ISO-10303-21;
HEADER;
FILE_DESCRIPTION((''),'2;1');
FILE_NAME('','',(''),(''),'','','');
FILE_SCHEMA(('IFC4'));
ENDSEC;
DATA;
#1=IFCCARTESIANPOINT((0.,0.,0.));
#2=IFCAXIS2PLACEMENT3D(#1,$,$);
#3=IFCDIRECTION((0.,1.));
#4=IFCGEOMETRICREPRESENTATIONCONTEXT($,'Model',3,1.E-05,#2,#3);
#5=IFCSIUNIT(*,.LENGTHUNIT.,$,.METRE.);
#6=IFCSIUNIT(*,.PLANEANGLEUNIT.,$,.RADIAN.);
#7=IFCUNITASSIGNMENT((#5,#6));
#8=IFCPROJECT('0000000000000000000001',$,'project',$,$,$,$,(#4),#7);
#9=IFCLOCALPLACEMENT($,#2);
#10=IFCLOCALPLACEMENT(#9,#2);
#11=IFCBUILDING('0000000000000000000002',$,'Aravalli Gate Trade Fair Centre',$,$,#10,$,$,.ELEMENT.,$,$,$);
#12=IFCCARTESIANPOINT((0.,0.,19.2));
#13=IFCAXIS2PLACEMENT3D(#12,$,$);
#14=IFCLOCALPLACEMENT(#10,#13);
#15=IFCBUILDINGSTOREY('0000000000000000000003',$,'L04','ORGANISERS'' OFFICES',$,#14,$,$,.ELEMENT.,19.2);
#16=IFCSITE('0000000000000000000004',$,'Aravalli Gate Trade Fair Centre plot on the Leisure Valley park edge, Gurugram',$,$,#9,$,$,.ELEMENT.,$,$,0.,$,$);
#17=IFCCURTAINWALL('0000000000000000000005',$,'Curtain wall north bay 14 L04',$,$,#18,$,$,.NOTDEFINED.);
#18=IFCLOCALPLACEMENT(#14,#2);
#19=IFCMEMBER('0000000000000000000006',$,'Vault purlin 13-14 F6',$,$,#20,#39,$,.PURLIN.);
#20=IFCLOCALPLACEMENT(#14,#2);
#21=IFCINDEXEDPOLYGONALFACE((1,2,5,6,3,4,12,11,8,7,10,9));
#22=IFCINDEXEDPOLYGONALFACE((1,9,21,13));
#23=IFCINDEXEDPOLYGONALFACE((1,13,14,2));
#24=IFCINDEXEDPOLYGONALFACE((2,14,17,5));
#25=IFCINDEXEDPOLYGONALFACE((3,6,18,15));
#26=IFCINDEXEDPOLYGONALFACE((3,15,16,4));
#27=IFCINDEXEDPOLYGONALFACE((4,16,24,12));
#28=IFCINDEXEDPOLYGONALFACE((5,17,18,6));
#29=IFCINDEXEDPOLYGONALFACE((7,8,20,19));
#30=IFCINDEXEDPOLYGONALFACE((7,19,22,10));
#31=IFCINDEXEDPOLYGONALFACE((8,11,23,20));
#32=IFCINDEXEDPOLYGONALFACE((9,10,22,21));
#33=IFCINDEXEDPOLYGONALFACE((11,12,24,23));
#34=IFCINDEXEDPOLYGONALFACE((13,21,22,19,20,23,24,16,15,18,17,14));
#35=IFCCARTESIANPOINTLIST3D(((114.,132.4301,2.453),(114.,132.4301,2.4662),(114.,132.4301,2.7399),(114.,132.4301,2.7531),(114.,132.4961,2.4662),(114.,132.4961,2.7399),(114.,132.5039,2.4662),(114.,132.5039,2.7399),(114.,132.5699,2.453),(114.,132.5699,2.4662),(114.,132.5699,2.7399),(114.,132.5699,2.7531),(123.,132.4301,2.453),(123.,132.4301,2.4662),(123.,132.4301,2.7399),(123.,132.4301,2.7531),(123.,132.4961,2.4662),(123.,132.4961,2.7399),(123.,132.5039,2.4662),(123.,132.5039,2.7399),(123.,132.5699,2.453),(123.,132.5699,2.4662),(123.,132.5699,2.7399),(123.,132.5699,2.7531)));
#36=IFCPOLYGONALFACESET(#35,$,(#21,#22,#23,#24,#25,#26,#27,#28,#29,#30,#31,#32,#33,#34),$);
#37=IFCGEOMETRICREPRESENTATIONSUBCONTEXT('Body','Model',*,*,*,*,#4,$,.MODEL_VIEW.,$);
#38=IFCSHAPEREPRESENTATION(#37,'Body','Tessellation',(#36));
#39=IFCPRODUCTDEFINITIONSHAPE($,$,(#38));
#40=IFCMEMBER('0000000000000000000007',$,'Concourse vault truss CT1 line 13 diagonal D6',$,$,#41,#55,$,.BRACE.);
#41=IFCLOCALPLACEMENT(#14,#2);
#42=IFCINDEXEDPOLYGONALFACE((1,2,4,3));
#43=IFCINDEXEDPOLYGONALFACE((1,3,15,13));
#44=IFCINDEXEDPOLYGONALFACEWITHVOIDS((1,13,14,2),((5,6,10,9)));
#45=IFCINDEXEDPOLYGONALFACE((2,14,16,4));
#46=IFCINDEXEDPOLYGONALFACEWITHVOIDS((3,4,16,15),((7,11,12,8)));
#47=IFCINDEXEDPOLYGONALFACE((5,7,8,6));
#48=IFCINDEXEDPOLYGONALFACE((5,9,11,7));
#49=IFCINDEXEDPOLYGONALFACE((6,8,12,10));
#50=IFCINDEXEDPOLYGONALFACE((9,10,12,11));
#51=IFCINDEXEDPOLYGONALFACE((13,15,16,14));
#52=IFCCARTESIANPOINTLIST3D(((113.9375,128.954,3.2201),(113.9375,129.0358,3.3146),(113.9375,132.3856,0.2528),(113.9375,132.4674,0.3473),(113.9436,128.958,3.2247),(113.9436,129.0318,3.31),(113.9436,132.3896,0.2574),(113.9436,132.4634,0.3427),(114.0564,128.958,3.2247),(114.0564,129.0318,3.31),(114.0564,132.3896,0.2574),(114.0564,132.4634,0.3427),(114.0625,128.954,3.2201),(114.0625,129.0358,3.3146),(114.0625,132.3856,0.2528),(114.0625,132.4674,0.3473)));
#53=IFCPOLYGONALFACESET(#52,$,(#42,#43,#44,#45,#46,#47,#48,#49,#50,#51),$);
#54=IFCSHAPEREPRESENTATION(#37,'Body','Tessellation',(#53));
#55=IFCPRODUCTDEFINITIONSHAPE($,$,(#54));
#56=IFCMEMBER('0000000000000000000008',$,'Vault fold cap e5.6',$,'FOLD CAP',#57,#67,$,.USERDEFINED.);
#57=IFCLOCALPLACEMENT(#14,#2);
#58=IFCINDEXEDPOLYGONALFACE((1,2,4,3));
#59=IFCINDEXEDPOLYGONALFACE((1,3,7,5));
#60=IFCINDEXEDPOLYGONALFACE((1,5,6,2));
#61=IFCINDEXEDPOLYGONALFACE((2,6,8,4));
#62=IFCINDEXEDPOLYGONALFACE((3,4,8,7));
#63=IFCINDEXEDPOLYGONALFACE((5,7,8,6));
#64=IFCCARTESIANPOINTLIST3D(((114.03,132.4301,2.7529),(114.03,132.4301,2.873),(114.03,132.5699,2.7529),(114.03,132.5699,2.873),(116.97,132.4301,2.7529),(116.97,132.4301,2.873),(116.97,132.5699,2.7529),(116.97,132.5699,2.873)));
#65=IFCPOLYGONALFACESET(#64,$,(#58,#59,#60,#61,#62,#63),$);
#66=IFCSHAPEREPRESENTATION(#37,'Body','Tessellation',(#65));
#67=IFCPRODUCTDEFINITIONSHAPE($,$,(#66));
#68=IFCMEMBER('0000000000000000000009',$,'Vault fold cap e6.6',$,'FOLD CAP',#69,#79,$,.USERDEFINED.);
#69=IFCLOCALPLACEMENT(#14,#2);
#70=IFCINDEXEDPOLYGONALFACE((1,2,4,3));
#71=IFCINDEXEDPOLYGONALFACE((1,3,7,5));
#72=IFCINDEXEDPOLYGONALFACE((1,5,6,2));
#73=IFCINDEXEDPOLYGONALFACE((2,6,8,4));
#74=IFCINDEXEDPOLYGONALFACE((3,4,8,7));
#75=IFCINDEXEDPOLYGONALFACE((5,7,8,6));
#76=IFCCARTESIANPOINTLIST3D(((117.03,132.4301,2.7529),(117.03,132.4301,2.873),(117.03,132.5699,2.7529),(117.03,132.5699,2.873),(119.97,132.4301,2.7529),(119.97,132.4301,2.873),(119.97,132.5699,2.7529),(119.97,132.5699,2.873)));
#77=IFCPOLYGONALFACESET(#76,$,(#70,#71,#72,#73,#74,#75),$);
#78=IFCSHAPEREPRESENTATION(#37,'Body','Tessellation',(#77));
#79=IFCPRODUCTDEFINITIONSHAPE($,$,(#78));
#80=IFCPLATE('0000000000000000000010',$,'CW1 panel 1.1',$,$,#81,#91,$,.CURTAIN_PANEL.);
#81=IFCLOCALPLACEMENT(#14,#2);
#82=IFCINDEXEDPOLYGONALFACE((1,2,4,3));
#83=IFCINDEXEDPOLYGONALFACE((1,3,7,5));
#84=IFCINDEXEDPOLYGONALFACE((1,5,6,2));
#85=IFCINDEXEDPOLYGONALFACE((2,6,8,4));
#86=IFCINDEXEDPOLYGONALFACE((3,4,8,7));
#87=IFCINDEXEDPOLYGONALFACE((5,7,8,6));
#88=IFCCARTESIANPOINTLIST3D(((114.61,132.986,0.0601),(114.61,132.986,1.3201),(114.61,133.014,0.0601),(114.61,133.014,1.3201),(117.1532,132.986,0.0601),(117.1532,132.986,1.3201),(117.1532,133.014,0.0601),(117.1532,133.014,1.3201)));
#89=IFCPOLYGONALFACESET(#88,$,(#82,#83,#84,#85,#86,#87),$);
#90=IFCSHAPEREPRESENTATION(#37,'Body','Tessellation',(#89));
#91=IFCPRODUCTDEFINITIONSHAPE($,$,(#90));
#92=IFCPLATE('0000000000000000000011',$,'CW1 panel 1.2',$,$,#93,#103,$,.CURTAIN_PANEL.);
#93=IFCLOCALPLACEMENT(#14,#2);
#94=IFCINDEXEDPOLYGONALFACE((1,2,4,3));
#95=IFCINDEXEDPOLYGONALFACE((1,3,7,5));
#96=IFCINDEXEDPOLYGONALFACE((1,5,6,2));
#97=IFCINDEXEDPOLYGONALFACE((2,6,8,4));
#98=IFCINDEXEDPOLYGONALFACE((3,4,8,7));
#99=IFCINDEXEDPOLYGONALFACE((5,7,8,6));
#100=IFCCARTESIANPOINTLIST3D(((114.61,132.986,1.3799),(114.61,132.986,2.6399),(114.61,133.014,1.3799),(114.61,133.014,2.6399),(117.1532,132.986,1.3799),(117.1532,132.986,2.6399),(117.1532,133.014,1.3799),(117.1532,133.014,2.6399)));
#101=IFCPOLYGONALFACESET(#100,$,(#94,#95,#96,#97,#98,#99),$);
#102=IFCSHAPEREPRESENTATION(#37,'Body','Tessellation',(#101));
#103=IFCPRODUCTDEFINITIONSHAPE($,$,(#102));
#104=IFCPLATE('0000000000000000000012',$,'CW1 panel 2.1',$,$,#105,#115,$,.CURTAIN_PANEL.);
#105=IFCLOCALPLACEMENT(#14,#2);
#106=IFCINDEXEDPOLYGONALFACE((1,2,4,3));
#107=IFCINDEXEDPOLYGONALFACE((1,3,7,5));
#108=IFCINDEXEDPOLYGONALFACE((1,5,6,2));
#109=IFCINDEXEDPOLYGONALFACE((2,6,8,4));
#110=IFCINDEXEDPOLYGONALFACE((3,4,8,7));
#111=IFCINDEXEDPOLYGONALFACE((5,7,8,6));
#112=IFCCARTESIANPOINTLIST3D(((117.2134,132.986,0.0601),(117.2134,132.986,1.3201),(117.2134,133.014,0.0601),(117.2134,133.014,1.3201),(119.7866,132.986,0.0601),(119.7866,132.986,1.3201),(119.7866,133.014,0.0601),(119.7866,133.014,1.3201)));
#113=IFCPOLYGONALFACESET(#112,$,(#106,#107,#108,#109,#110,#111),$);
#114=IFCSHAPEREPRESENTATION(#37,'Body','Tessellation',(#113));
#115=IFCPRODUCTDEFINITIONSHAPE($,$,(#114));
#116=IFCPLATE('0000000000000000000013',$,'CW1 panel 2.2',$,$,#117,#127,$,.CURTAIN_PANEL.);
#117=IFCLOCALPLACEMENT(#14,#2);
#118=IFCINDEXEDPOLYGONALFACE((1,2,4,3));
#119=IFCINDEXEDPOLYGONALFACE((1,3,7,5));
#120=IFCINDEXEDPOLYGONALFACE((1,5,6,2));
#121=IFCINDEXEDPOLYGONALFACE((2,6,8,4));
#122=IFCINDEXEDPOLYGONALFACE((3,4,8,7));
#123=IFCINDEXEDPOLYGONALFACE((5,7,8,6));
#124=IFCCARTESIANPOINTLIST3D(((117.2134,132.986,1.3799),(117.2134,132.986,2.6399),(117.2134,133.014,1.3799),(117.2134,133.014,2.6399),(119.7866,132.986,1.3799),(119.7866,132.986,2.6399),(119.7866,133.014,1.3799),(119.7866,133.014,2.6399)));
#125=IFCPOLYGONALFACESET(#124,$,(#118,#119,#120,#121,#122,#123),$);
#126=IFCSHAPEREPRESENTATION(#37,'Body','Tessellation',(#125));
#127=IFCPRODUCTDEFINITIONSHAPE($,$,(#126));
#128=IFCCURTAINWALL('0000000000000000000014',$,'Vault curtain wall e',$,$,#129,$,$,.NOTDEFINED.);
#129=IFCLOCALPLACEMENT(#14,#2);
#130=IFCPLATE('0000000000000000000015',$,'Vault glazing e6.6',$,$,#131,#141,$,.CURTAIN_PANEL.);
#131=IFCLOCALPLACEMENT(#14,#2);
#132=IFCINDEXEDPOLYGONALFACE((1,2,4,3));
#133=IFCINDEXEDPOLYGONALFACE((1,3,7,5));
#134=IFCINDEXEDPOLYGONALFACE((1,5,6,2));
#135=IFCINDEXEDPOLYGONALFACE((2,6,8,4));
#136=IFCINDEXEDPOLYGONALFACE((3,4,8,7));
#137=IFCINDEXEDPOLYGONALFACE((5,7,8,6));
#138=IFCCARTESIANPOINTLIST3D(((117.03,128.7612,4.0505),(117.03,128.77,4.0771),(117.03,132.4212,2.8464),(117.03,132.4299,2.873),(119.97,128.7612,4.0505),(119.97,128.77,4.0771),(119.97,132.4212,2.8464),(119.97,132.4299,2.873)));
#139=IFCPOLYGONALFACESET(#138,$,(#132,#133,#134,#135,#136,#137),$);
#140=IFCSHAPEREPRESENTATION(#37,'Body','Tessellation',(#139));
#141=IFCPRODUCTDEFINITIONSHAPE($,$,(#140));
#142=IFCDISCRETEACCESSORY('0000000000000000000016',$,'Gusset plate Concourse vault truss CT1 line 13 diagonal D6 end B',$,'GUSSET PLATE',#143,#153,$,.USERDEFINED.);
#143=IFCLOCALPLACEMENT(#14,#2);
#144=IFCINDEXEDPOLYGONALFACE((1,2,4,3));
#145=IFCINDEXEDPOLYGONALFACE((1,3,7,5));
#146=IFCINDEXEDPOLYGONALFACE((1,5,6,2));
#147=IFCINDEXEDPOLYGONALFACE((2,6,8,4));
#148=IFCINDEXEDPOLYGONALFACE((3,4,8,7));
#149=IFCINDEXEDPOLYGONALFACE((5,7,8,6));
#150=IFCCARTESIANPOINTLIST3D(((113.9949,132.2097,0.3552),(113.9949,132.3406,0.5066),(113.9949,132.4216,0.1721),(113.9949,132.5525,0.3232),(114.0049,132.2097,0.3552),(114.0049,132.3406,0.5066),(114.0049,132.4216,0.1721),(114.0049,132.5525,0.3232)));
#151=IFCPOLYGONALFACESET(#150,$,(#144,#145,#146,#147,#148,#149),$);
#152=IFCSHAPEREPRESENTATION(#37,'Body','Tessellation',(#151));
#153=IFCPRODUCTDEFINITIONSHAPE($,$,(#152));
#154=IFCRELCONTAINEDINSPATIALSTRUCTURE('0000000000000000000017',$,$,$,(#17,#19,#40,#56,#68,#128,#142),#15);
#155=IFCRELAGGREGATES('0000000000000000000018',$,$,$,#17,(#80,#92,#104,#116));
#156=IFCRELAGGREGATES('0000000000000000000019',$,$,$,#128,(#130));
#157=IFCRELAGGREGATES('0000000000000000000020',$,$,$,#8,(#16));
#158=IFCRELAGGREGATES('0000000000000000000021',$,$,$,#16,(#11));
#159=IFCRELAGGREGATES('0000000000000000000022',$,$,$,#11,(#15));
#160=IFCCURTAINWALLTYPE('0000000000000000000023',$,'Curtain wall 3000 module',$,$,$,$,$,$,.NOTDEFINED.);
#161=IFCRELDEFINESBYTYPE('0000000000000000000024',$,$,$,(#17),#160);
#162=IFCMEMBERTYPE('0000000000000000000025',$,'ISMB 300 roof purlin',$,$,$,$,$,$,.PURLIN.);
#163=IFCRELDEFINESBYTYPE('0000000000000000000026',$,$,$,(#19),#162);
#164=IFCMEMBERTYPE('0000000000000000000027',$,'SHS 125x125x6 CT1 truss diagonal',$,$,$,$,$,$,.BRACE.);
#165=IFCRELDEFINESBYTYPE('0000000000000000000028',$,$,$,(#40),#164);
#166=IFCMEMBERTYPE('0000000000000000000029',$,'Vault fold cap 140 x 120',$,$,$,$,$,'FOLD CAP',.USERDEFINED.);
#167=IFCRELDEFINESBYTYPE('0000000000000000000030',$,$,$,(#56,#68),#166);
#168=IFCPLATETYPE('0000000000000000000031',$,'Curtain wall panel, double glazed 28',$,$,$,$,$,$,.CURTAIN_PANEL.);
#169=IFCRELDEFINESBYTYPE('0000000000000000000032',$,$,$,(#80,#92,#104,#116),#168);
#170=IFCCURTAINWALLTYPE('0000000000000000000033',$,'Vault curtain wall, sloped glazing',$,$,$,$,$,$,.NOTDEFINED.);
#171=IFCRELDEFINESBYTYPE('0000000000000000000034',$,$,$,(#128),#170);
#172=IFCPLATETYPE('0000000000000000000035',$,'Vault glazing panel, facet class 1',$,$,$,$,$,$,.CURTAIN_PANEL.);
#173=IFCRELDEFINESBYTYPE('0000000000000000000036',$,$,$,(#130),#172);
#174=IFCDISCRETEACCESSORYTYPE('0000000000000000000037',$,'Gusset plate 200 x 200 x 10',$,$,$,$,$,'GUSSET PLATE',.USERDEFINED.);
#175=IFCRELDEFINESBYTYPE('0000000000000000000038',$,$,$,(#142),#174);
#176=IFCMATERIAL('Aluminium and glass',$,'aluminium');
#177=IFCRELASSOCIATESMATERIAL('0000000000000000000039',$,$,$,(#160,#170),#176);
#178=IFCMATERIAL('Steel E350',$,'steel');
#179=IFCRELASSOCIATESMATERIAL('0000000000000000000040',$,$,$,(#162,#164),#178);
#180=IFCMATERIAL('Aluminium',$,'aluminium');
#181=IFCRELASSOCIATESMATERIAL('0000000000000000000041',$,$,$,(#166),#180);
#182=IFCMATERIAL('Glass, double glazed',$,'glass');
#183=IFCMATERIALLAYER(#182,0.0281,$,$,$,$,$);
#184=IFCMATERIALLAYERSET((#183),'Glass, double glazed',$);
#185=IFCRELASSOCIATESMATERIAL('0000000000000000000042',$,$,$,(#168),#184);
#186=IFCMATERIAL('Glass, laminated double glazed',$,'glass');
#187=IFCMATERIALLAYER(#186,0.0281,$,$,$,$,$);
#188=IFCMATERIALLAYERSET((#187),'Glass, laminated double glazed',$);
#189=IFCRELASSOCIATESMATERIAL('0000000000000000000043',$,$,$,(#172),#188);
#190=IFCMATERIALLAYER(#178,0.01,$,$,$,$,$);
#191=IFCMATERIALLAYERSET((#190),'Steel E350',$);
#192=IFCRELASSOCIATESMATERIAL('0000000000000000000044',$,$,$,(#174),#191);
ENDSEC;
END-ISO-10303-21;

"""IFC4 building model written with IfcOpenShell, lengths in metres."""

from ifc_helpers import new_model, si_unit, direction, frame, origin, origin_2d, place, context, subcontext, project, spatial, polyline, rectangle, hollow_rectangle, i_section, outline, extrude, material, layer, layer_set, material_profile, profile_set, type_object, element, aggregate, save


model = new_model("IFC4")

# Units and contexts
model_context = context("Model", 3, precision=1e-05, world=origin(), true_north=direction((0.0, 1.0)))
body_context = subcontext(model_context, "Body", "Model", "MODEL_VIEW")
ifc_project = project(units=[si_unit("LENGTHUNIT", "METRE"), si_unit("PLANEANGLEUNIT", "RADIAN")], contexts=[model_context])

# Site, building, storey
site_placement = place(None, origin())
site = spatial("IfcSite", under=ifc_project, at=site_placement, Name="Aravalli Gate Trade Fair Centre plot on the Leisure Valley park edge, Gurugram", CompositionType="ELEMENT", RefElevation=0.0)
building_placement = place(site_placement, origin())
building = spatial("IfcBuilding", under=site, at=building_placement, Name="Aravalli Gate Trade Fair Centre", CompositionType="ELEMENT")
storey_placement = place(building_placement, frame((0.0, 0.0, 19.2)))
storey = spatial("IfcBuildingStorey", under=building, at=storey_placement, Name="L04", Description="ORGANISERS' OFFICES", CompositionType="ELEMENT", Elevation=19.2)

# Curtain wall
ifc_material_1 = material(Name="Aluminium and glass", Category="aluminium")
curtain_wall_type_1 = type_object("IfcCurtainWallType", Name="Curtain wall 3000 module", PredefinedType="NOTDEFINED", material=ifc_material_1)
curtain_wall_1_placement = place(storey_placement, origin())
curtain_wall_1 = element("IfcCurtainWall", 1, at=curtain_wall_1_placement, inside=storey, type_object=curtain_wall_type_1, Name="Curtain wall north bay 14 L04", PredefinedType="NOTDEFINED")
ifc_material_2 = material(Name="Aluminium", Category="aluminium")

# Members
ifc_material_3 = material(Name="Steel E350", Category="steel")
ifc_material_profile_1 = material_profile(ifc_material_3, i_section(OverallWidth=0.1399, OverallDepth=0.3, WebThickness=0.0078, FlangeThickness=0.0132, at=origin_2d()), Name="ISMB 300")
ifc_profile_set_1 = profile_set([ifc_material_profile_1], Name="Steel E350")
member_type_1 = type_object("IfcMemberType", Name="ISMB 300 roof purlin", PredefinedType="PURLIN", material=ifc_profile_set_1)
member_1_placement = place(storey_placement, frame((114.0, 132.5, 2.603), z_axis=(1.0, 0.0, 0.0), x_axis=(0.0, 1.0, 0.0)))
element("IfcMember", 2, at=member_1_placement, inside=storey, type_object=member_type_1, Name="Vault purlin 13-14 F6", PredefinedType="PURLIN", context=body_context, shape_type="SweptSolid", body=[
    extrude(i_section(OverallWidth=0.1399, OverallDepth=0.3, WebThickness=0.0078, FlangeThickness=0.0132, at=origin_2d()), origin(), (0.0, 0.0, 1.0), 9.0),
])
ifc_material_profile_2 = material_profile(ifc_material_3, hollow_rectangle(XDim=0.125, YDim=0.125, WallThickness=0.0061, at=origin_2d()), Name="SHS 125x125x6")
ifc_profile_set_2 = profile_set([ifc_material_profile_2], Name="Steel E350")
member_type_2 = type_object("IfcMemberType", Name="SHS 125x125x6 CT1 truss diagonal", PredefinedType="BRACE", material=ifc_profile_set_2)
member_2_placement = place(storey_placement, frame((114.0, 128.9949, 3.2673), z_axis=(0.0, 0.756431, -0.654074), x_axis=(-1.0, 0.0, 0.0)))
element("IfcMember", 3, at=member_2_placement, inside=storey, type_object=member_type_2, Name="Concourse vault truss CT1 line 13 diagonal D6", PredefinedType="BRACE", context=body_context, shape_type="SweptSolid", body=[
    extrude(hollow_rectangle(XDim=0.125, YDim=0.125, WallThickness=0.0061, at=origin_2d()), origin(), (0.0, 0.0, 1.0), 4.5366),
])
ifc_material_profile_3 = material_profile(ifc_material_2, rectangle(XDim=0.1399, YDim=0.1201, at=origin_2d()), Name="Vault fold cap 140 x 120")
ifc_profile_set_3 = profile_set([ifc_material_profile_3], Name="Aluminium")
member_type_3 = type_object("IfcMemberType", Name="Vault fold cap 140 x 120", ElementType="FOLD CAP", PredefinedType="USERDEFINED", material=ifc_profile_set_3)
for number, where, z_axis, x_axis, name in (
    (4, (114.03, 132.5, 2.813), (1.0, 0.0, 0.0), (0.0, 1.0, 0.0), "Vault fold cap e5.6"),
    (5, (117.03, 132.5, 2.813), (1.0, 0.0, 0.0), (0.0, 1.0, 0.0), "Vault fold cap e6.6"),
):
    element("IfcMember", number, at=place(storey_placement, frame(where, z_axis=z_axis, x_axis=x_axis)), inside=storey, type_object=member_type_3, Name=name, ObjectType="FOLD CAP", PredefinedType="USERDEFINED", context=body_context, shape_type="SweptSolid", body=[
        extrude(rectangle(XDim=0.1399, YDim=0.1201, at=origin_2d()), origin(), (0.0, 0.0, 1.0), 2.9399),
    ])

# Plates
ifc_material_4 = material(Name="Glass, double glazed", Category="glass")
ifc_layer_1 = layer(ifc_material_4, 0.0281)
ifc_layer_set_1 = layer_set([ifc_layer_1], Name="Glass, double glazed")
plate_type_1 = type_object("IfcPlateType", Name="Curtain wall panel, double glazed 28", PredefinedType="CURTAIN_PANEL", material=ifc_layer_set_1)
plate_1_placement = place(storey_placement, frame((115.8816, 133.0, 0.0601), z_axis=(0.0, 0.0, 1.0), x_axis=(1.0, 0.0, 0.0)))
plate_1 = element("IfcPlate", 6, at=plate_1_placement, type_object=plate_type_1, Name="CW1 panel 1.1", PredefinedType="CURTAIN_PANEL", context=body_context, shape_type="SweptSolid", body=[
    extrude(rectangle(XDim=2.5432, YDim=0.0281, at=origin_2d()), origin(), (0.0, 0.0, 1.0), 1.26),
])
plate_2_placement = place(storey_placement, frame((115.8816, 133.0, 1.3799), z_axis=(0.0, 0.0, 1.0), x_axis=(1.0, 0.0, 0.0)))
plate_2 = element("IfcPlate", 7, at=plate_2_placement, type_object=plate_type_1, Name="CW1 panel 1.2", PredefinedType="CURTAIN_PANEL", context=body_context, shape_type="SweptSolid", body=[
    extrude(rectangle(XDim=2.5432, YDim=0.0281, at=origin_2d()), origin(), (0.0, 0.0, 1.0), 1.26),
])
plate_3_placement = place(storey_placement, frame((118.5, 133.0, 0.0601), z_axis=(0.0, 0.0, 1.0), x_axis=(1.0, 0.0, 0.0)))
plate_3 = element("IfcPlate", 8, at=plate_3_placement, type_object=plate_type_1, Name="CW1 panel 2.1", PredefinedType="CURTAIN_PANEL", context=body_context, shape_type="SweptSolid", body=[
    extrude(rectangle(XDim=2.5732, YDim=0.0281, at=origin_2d()), origin(), (0.0, 0.0, 1.0), 1.26),
])
plate_4_placement = place(storey_placement, frame((118.5, 133.0, 1.3799), z_axis=(0.0, 0.0, 1.0), x_axis=(1.0, 0.0, 0.0)))
plate_4 = element("IfcPlate", 9, at=plate_4_placement, type_object=plate_type_1, Name="CW1 panel 2.2", PredefinedType="CURTAIN_PANEL", context=body_context, shape_type="SweptSolid", body=[
    extrude(rectangle(XDim=2.5732, YDim=0.0281, at=origin_2d()), origin(), (0.0, 0.0, 1.0), 1.26),
])
aggregate(curtain_wall_1, [plate_1, plate_2, plate_3, plate_4])

# Curtain wall, plate
curtain_wall_type_2 = type_object("IfcCurtainWallType", Name="Vault curtain wall, sloped glazing", PredefinedType="NOTDEFINED", material=ifc_material_1)
curtain_wall_2_placement = place(storey_placement, origin())
curtain_wall_2 = element("IfcCurtainWall", 10, at=curtain_wall_2_placement, inside=storey, type_object=curtain_wall_type_2, Name="Vault curtain wall e", PredefinedType="NOTDEFINED")
ifc_material_5 = material(Name="Glass, laminated double glazed", Category="glass")
ifc_layer_2 = layer(ifc_material_5, 0.0281)
ifc_layer_set_2 = layer_set([ifc_layer_2], Name="Glass, laminated double glazed")
plate_type_2 = type_object("IfcPlateType", Name="Vault glazing panel, facet class 1", PredefinedType="CURTAIN_PANEL", material=ifc_layer_set_2)
plate_5_placement = place(storey_placement, frame((117.03, 128.77, 4.0771), z_axis=(0.0, 0.312518, 0.949912), x_axis=(1.0, 0.0, 0.0)))
plate_5 = element("IfcPlate", 11, at=plate_5_placement, type_object=plate_type_2, Name="Vault glazing e6.6", PredefinedType="CURTAIN_PANEL", context=body_context, shape_type="SweptSolid", body=[
    extrude(outline(polyline([(0.0, 0.0), (2.9399, 0.0), (2.9399, 3.8529), (0.0, 3.8529), (0.0, 0.0)])), origin(), (0.0, 0.0, -1.0), 0.0281),
])
aggregate(curtain_wall_2, [plate_5])

# Discrete accessory
ifc_layer_3 = layer(ifc_material_3, 0.01)
ifc_layer_set_3 = layer_set([ifc_layer_3], Name="Steel E350")
discrete_accessory_type = type_object("IfcDiscreteAccessoryType", Name="Gusset plate 200 x 200 x 10", ElementType="GUSSET PLATE", PredefinedType="USERDEFINED", material=ifc_layer_set_3)
discrete_accessory_placement = place(storey_placement, frame((114.0049, 132.2097, 0.3552), z_axis=(1.0, 0.0, 0.0), x_axis=(0.0, 0.756666, -0.653801)))
element("IfcDiscreteAccessory", 12, at=discrete_accessory_placement, inside=storey, type_object=discrete_accessory_type, Name="Gusset plate Concourse vault truss CT1 line 13 diagonal D6 end B", ObjectType="GUSSET PLATE", PredefinedType="USERDEFINED", context=body_context, shape_type="SweptSolid", body=[
    extrude(outline(polyline([(0.0, 0.0), (0.2801, 0.0), (0.2803, 0.1999), (0.0001, 0.2001), (0.0, 0.0)])), origin(), (0.0, 0.0, -1.0), 0.01),
])

save(model, "model.ifc")
